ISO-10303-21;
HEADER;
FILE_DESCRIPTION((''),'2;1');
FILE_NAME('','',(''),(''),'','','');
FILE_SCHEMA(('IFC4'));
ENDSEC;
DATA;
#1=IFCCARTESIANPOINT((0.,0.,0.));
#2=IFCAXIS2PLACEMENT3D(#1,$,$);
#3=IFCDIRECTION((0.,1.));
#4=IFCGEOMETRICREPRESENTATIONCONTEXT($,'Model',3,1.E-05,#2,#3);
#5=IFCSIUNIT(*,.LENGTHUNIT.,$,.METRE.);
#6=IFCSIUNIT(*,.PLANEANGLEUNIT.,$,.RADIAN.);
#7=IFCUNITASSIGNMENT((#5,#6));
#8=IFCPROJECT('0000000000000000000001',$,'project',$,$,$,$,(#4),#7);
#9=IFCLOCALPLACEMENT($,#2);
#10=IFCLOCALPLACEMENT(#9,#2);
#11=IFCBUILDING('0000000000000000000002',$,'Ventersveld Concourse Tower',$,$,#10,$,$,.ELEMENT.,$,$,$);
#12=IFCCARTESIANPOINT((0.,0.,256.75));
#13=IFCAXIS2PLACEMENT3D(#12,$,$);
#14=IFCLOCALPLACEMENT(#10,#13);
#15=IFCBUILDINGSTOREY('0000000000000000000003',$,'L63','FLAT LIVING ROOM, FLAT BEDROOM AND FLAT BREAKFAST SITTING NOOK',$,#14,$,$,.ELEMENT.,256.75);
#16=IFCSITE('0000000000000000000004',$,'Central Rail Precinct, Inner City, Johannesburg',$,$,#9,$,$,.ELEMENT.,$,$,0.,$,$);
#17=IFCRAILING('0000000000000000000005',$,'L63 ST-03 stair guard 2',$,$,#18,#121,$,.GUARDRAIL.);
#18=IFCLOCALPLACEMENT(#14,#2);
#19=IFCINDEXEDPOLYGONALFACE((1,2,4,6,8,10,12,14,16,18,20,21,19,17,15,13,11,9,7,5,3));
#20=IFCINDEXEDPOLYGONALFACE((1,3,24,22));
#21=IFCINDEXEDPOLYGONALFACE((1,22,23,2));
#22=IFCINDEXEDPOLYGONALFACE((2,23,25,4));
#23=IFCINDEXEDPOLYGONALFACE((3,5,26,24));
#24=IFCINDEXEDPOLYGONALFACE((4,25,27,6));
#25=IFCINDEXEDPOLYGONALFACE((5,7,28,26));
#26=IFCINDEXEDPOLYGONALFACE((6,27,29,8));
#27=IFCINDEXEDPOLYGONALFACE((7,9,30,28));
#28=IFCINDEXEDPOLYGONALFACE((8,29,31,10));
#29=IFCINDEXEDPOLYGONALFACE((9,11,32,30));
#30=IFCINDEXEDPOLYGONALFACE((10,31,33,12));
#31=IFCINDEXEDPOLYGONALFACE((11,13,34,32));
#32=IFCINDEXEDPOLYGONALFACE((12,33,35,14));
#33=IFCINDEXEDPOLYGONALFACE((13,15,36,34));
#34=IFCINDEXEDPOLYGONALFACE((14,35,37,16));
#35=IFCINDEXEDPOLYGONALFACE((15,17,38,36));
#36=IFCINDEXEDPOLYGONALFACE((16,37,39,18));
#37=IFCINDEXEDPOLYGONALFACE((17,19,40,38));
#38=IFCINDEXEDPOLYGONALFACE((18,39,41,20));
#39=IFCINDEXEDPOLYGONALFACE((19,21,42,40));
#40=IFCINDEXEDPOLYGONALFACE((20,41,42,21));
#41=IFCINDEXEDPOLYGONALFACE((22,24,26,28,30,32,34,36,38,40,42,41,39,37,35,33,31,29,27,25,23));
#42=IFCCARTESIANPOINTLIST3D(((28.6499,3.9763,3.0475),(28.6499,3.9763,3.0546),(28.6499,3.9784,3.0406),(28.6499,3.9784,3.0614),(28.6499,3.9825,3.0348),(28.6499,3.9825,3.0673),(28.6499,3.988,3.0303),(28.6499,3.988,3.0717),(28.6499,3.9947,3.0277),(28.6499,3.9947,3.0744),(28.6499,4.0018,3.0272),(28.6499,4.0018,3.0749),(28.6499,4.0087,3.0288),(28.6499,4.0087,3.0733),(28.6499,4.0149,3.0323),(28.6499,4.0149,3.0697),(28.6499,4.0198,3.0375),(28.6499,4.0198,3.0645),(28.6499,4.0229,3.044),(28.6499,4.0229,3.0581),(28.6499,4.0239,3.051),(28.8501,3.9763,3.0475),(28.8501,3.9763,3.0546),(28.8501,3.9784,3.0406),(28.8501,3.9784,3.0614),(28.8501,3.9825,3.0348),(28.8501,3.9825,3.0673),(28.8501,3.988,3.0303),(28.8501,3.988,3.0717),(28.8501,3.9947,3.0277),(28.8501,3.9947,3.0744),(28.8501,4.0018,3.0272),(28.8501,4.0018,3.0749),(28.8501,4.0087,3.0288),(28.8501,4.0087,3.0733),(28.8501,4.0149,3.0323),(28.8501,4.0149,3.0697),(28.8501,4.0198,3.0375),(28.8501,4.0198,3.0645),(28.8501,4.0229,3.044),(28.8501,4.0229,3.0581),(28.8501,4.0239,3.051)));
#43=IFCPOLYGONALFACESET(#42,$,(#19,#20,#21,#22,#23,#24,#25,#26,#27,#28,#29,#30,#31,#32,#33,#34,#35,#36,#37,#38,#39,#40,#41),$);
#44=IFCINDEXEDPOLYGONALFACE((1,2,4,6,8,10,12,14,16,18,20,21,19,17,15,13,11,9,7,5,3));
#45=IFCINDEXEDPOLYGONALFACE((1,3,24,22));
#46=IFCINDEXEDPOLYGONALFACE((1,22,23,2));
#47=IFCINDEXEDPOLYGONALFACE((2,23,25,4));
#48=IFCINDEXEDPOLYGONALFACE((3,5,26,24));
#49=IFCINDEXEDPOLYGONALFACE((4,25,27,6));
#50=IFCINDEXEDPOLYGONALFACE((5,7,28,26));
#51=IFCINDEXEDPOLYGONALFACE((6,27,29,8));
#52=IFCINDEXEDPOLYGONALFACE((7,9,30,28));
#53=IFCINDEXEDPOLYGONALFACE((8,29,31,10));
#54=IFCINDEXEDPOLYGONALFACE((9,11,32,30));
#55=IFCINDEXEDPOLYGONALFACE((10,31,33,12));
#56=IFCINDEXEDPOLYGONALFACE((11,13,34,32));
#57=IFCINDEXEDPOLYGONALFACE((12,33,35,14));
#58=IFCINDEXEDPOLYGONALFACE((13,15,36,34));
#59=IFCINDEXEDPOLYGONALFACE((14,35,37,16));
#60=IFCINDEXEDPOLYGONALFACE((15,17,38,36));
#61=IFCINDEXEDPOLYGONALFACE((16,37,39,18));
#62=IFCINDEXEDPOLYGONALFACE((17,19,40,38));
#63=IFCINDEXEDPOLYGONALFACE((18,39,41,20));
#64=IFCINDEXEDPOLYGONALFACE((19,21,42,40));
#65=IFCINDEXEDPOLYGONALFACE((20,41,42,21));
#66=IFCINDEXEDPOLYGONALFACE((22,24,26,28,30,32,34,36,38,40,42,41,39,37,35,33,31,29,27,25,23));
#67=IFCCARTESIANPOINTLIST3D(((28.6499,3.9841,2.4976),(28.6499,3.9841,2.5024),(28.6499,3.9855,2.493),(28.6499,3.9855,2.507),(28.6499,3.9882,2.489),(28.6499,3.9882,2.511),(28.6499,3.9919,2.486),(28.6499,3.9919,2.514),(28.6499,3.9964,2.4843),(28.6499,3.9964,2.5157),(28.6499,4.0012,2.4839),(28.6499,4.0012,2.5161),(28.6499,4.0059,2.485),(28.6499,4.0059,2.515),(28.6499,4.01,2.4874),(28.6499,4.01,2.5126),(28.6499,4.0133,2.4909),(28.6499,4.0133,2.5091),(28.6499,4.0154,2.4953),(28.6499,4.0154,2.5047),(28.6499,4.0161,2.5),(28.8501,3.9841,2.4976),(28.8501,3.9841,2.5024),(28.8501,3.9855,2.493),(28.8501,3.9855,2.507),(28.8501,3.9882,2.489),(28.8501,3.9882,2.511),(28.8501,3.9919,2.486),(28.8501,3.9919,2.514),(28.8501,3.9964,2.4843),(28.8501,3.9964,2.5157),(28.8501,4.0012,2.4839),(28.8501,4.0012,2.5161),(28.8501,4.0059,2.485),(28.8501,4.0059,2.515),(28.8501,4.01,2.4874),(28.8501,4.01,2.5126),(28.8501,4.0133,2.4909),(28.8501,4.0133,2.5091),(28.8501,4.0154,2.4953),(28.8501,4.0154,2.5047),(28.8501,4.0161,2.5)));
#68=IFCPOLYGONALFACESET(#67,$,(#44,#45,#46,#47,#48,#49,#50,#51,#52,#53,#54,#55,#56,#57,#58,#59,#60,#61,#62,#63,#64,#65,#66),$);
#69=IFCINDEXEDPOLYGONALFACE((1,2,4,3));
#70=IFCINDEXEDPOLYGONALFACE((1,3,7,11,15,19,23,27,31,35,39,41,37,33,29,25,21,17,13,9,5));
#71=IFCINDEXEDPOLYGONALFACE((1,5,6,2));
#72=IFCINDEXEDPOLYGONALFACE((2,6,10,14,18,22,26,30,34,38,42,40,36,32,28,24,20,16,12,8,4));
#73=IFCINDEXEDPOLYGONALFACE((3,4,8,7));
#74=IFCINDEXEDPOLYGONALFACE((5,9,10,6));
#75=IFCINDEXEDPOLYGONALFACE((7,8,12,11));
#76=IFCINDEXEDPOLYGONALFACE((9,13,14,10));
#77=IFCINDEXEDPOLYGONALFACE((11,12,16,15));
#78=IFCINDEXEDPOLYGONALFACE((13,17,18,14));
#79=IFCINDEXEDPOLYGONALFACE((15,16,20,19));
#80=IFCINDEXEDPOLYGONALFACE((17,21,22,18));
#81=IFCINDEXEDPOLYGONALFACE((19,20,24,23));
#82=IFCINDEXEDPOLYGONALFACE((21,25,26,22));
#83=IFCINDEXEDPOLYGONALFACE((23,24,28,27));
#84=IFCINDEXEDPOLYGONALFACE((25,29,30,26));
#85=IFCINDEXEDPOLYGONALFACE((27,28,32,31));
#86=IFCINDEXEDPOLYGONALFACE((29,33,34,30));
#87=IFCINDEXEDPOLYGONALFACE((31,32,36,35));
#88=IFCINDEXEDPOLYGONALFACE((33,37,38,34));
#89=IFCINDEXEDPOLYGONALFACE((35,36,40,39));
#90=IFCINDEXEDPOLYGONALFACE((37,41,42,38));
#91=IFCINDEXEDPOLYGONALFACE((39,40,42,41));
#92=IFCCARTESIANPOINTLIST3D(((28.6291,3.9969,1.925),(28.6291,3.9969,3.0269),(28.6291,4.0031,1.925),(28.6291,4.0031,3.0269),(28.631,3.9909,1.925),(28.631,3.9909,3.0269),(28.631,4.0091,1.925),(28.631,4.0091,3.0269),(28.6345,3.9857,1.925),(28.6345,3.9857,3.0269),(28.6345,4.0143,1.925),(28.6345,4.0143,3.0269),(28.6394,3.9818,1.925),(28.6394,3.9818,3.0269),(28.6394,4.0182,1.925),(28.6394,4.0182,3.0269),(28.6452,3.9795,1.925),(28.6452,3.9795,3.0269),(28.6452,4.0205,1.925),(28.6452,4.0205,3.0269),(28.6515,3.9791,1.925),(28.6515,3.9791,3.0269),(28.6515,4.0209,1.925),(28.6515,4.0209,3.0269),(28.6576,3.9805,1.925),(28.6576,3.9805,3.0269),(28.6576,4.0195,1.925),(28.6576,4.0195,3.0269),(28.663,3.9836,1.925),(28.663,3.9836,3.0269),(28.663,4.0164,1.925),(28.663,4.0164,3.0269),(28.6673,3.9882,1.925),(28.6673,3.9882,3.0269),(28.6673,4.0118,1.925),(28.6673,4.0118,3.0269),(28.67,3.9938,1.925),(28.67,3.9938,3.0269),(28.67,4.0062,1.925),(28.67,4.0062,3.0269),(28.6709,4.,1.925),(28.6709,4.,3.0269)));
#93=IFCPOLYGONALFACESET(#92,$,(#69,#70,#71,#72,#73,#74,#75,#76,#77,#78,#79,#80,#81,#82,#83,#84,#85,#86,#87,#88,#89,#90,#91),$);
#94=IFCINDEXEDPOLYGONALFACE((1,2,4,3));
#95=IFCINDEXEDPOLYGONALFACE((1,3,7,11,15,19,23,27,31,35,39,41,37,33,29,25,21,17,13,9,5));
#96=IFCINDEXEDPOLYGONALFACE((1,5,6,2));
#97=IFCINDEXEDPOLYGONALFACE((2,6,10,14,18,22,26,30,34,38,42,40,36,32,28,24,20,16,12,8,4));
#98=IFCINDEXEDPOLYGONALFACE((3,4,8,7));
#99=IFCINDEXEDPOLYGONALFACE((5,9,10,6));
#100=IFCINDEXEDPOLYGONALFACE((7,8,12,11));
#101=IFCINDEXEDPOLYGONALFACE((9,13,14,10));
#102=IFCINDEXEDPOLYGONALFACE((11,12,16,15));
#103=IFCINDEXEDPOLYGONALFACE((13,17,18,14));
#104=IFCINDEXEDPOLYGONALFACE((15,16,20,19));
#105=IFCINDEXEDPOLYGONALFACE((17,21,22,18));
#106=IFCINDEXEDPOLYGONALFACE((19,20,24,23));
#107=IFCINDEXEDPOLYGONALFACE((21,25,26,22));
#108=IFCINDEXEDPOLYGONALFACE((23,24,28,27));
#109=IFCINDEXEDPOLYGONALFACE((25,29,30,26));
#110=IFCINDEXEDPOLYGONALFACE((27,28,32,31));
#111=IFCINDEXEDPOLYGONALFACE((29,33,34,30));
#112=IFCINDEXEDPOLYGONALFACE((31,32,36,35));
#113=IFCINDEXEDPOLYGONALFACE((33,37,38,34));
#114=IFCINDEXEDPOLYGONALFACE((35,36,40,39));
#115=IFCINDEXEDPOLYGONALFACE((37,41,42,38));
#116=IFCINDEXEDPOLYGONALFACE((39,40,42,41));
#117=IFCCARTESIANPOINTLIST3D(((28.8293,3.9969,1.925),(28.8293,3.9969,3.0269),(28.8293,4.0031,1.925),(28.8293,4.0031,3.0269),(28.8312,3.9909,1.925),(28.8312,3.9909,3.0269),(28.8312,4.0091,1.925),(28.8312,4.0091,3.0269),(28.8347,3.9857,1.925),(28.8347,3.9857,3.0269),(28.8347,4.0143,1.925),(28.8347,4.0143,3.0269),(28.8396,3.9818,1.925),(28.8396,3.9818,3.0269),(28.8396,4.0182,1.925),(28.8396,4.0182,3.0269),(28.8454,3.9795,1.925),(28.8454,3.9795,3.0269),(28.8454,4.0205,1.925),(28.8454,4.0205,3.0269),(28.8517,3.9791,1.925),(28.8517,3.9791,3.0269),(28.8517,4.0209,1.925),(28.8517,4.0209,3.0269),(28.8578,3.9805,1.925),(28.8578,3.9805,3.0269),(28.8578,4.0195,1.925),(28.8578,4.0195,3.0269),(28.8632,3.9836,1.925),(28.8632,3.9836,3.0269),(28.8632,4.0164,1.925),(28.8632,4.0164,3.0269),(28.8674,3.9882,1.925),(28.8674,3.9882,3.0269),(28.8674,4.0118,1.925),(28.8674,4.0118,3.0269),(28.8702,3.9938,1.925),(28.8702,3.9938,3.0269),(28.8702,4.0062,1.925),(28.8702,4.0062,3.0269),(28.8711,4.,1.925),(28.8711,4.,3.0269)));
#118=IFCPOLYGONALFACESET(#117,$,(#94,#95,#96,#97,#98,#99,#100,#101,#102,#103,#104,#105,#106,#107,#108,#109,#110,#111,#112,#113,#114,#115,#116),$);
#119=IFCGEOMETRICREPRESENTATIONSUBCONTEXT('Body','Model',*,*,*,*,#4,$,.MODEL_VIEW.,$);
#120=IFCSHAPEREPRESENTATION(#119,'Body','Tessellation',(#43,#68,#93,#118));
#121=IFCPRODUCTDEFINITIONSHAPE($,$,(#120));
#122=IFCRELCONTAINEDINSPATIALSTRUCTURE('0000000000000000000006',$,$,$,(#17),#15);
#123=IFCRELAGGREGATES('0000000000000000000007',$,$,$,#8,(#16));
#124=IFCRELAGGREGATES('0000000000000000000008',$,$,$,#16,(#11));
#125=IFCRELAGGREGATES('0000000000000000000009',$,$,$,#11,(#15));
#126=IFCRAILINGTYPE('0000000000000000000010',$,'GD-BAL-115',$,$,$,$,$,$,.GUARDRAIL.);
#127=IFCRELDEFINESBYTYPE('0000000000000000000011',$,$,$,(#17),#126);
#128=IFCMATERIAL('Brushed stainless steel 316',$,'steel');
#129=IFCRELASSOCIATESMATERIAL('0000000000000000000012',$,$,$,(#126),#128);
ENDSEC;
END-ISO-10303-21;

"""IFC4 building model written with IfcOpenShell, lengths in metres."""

from ifc_helpers import new_model, si_unit, direction, frame, origin, origin_2d, place, context, subcontext, project, spatial, circle, extrude, material, type_object, element, save


model = new_model("IFC4")

# Units and contexts
model_context = context("Model", 3, precision=1e-05, world=origin(), true_north=direction((0.0, 1.0)))
body_context = subcontext(model_context, "Body", "Model", "MODEL_VIEW")
ifc_project = project(units=[si_unit("LENGTHUNIT", "METRE"), si_unit("PLANEANGLEUNIT", "RADIAN")], contexts=[model_context])

# Site, building, storey
site_placement = place(None, origin())
site = spatial("IfcSite", under=ifc_project, at=site_placement, Name="Central Rail Precinct, Inner City, Johannesburg", CompositionType="ELEMENT", RefElevation=0.0)
building_placement = place(site_placement, origin())
building = spatial("IfcBuilding", under=site, at=building_placement, Name="Ventersveld Concourse Tower", CompositionType="ELEMENT")
storey_placement = place(building_placement, frame((0.0, 0.0, 256.75)))
storey = spatial("IfcBuildingStorey", under=building, at=storey_placement, Name="L63", Description="FLAT LIVING ROOM, FLAT BEDROOM AND FLAT BREAKFAST SITTING NOOK", CompositionType="ELEMENT", Elevation=256.75)

# Railing
ifc_material_1 = material(Name="Brushed stainless steel 316", Category="steel")
railing_type_1 = type_object("IfcRailingType", Name="GD-BAL-115", PredefinedType="GUARDRAIL", material=ifc_material_1)
railing_1_placement = place(storey_placement, frame((28.6499, 4.0, 1.925)))
element("IfcRailing", 1, at=railing_1_placement, inside=storey, type_object=railing_type_1, Name="L63 ST-03 stair guard 2", PredefinedType="GUARDRAIL", context=body_context, shape_type="SweptSolid", body=[
    extrude(circle(Radius=0.0239, at=origin_2d()), frame((0.0, 0.0, 1.126), z_axis=(1.0, 0.0, 0.0), x_axis=(0.0, 1.0, 0.0)), (0.0, 0.0, 1.0), 0.2002),
    extrude(circle(Radius=0.0161, at=origin_2d()), frame((0.0, 0.0, 0.575), z_axis=(1.0, 0.0, 0.0), x_axis=(0.0, 1.0, 0.0)), (0.0, 0.0, 1.0), 0.2002),
    extrude(circle(Radius=0.021, at=origin_2d()), origin(), (0.0, 0.0, 1.0), 1.1018),
    extrude(circle(Radius=0.021, at=origin_2d()), frame((0.2002, 0.0, 0.0)), (0.0, 0.0, 1.0), 1.1018),
])

save(model, "model.ifc")
